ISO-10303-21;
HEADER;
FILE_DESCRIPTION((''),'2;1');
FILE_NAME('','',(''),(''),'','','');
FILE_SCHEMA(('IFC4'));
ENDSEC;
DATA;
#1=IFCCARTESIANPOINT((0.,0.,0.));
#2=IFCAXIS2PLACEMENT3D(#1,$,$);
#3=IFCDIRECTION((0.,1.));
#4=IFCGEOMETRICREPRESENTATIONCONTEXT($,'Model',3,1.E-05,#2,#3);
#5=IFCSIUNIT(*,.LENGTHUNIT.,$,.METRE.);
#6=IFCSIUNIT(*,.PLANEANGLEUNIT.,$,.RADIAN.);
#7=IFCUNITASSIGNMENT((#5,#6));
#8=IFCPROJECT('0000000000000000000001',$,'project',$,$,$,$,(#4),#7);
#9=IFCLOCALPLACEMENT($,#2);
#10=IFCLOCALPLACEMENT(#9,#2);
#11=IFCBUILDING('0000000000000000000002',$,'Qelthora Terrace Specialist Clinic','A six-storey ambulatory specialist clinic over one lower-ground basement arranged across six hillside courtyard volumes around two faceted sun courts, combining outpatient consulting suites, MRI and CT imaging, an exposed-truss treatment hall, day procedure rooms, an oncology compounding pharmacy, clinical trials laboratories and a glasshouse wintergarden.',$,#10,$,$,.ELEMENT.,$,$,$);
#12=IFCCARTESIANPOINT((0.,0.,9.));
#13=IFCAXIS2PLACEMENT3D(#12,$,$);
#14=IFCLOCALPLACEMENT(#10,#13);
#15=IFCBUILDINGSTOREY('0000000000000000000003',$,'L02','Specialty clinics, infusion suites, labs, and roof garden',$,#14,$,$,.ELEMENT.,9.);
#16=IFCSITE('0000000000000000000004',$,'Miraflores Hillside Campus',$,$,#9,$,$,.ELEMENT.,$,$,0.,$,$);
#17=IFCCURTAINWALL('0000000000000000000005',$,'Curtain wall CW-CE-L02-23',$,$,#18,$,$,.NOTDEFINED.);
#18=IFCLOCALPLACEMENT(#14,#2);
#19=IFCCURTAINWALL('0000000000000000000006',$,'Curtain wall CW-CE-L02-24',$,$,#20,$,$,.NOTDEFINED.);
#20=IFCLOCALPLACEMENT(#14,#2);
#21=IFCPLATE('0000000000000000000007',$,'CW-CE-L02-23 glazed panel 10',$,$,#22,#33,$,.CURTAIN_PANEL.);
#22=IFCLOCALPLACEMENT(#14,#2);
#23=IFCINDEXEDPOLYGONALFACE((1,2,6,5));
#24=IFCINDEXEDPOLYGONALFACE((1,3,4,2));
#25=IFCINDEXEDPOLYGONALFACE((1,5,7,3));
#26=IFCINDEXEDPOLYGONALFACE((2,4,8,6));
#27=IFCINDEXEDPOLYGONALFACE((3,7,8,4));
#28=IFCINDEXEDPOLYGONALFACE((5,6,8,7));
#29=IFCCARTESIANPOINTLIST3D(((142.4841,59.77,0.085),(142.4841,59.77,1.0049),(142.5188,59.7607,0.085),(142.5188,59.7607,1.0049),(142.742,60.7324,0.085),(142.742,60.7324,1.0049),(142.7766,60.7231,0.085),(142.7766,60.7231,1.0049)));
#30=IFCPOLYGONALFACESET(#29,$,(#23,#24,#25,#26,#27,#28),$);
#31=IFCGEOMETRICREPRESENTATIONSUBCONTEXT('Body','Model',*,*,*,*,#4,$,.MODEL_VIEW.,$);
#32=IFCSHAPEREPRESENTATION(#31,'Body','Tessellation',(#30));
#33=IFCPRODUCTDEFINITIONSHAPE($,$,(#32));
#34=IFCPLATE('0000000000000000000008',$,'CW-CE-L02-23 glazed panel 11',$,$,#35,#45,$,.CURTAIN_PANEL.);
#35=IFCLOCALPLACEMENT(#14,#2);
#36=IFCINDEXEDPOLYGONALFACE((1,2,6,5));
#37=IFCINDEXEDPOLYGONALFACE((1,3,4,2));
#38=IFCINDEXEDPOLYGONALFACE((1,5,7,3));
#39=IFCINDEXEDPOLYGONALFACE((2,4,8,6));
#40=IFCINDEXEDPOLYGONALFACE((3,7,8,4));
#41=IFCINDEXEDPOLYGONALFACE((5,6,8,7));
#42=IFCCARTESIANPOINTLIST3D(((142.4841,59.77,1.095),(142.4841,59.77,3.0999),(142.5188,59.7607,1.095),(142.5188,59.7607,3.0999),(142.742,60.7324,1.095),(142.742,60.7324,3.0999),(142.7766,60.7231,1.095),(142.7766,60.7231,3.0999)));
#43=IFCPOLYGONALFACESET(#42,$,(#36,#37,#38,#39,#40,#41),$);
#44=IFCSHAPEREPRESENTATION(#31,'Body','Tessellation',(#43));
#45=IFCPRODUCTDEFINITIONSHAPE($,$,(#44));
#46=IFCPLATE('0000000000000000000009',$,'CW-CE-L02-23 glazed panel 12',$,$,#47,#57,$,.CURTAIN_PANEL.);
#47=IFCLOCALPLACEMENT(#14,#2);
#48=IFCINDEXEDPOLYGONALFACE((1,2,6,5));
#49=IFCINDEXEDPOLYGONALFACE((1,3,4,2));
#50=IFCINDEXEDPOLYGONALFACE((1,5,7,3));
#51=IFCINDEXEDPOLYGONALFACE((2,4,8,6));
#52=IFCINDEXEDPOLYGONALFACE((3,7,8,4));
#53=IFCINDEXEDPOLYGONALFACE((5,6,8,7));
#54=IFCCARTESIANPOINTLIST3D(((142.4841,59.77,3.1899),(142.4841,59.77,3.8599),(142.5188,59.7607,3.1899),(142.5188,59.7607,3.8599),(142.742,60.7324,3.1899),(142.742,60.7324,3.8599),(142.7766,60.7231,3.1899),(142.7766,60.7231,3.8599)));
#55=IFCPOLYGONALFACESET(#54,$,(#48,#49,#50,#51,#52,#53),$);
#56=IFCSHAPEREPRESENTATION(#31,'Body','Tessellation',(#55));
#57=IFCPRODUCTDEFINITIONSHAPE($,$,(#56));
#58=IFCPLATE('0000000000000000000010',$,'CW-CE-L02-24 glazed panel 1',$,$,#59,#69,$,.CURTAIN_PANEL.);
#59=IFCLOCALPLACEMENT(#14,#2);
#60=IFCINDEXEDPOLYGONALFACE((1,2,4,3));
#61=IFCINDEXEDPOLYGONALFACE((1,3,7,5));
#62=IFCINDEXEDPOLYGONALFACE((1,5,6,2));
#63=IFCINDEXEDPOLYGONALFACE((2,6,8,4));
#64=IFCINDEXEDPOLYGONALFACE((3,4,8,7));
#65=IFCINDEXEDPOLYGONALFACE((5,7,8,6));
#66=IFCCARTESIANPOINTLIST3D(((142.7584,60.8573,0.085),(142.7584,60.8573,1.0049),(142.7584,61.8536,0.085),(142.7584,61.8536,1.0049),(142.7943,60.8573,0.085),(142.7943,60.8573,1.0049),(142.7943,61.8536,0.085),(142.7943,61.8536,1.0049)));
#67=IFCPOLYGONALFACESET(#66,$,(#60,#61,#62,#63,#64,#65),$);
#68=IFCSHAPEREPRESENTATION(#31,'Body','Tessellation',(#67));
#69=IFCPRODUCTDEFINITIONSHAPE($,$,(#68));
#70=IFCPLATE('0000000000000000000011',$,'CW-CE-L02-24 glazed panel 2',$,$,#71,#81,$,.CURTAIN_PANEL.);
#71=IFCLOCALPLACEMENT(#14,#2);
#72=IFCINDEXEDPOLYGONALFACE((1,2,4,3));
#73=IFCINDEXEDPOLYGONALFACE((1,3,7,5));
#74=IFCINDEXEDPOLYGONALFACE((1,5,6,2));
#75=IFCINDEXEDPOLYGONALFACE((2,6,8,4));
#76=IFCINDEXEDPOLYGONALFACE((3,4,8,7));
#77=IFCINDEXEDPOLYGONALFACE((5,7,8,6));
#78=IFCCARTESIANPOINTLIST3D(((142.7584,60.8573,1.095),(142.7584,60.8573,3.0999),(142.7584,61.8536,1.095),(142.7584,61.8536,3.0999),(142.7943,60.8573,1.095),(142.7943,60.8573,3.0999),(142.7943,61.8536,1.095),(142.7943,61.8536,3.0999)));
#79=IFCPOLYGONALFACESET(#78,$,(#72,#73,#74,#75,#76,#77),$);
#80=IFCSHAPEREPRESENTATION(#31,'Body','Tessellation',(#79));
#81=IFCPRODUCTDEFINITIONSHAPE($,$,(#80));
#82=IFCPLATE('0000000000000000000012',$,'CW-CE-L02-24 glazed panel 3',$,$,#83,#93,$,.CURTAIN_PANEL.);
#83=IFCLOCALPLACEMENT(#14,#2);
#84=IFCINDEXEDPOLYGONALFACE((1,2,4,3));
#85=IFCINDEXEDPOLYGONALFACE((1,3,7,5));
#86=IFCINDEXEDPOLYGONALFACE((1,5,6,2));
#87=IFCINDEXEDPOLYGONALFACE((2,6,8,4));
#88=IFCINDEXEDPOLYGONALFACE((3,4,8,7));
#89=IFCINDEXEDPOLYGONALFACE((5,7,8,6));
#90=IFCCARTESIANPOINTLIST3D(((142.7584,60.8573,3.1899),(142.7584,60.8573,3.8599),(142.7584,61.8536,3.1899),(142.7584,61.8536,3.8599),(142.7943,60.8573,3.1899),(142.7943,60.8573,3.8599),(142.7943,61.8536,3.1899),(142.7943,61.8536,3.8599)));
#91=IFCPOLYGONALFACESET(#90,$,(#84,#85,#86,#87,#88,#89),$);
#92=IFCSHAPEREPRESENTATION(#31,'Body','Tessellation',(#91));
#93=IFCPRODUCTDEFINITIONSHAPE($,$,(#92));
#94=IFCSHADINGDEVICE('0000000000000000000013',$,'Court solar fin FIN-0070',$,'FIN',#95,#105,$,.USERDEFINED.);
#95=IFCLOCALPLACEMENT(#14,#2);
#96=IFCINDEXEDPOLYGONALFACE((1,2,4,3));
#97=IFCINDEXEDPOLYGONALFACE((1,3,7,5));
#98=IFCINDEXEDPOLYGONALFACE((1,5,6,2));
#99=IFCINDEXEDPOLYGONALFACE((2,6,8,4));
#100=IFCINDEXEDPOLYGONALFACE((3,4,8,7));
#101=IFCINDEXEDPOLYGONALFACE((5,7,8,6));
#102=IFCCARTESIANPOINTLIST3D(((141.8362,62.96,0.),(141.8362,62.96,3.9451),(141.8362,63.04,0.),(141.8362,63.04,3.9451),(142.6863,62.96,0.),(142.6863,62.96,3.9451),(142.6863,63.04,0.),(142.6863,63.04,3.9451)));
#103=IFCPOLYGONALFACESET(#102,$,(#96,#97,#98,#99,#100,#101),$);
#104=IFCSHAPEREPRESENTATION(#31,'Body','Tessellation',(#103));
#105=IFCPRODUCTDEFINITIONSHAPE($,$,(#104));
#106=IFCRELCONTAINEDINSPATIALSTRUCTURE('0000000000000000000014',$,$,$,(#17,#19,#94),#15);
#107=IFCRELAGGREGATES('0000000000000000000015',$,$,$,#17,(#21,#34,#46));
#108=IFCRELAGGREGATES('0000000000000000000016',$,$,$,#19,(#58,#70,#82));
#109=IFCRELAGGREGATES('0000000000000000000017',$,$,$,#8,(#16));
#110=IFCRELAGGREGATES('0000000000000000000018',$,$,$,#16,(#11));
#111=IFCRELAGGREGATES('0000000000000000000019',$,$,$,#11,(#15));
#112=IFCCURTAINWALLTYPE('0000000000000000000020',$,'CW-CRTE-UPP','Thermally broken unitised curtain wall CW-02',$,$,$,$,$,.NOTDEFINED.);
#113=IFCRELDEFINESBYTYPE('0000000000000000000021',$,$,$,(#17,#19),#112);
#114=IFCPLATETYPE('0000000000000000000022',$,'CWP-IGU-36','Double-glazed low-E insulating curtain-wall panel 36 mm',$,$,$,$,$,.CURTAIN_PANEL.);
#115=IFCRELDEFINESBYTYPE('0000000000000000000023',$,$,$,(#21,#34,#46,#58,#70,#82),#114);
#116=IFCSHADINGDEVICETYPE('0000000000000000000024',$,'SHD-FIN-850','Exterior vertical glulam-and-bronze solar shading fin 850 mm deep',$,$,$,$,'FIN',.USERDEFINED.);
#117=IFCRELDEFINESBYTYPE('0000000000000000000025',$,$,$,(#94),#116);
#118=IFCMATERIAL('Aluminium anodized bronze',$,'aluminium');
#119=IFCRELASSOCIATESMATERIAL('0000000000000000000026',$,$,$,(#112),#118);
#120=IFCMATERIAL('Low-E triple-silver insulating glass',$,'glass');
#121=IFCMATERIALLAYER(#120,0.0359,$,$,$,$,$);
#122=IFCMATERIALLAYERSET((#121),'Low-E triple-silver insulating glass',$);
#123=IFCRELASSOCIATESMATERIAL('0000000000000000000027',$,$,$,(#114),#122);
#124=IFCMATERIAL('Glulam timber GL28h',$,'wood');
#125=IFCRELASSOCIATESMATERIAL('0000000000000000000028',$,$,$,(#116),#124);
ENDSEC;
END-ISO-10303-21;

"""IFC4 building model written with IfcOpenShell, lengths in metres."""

from ifc_helpers import new_model, si_unit, direction, frame, origin, origin_2d, place, context, subcontext, project, spatial, rectangle, extrude, material, layer, layer_set, type_object, element, aggregate, save


model = new_model("IFC4")

# Units and contexts
model_context = context("Model", 3, precision=1e-05, world=origin(), true_north=direction((0.0, 1.0)))
body_context = subcontext(model_context, "Body", "Model", "MODEL_VIEW")
ifc_project = project(units=[si_unit("LENGTHUNIT", "METRE"), si_unit("PLANEANGLEUNIT", "RADIAN")], contexts=[model_context])

# Site, building, storey
site_placement = place(None, origin())
site = spatial("IfcSite", under=ifc_project, at=site_placement, Name="Miraflores Hillside Campus", CompositionType="ELEMENT", RefElevation=0.0)
building_placement = place(site_placement, origin())
building = spatial("IfcBuilding", under=site, at=building_placement, Name="Qelthora Terrace Specialist Clinic", Description="A six-storey ambulatory specialist clinic over one lower-ground basement arranged across six hillside courtyard volumes around two faceted sun courts, combining outpatient consulting suites, MRI and CT imaging, an exposed-truss treatment hall, day procedure rooms, an oncology compounding pharmacy, clinical trials laboratories and a glasshouse wintergarden.", CompositionType="ELEMENT")
storey_placement = place(building_placement, frame((0.0, 0.0, 9.0)))
storey = spatial("IfcBuildingStorey", under=building, at=storey_placement, Name="L02", Description="Specialty clinics, infusion suites, labs, and roof garden", CompositionType="ELEMENT", Elevation=9.0)

# Shared definitions
ifc_material_1 = material(Name="Aluminium anodized bronze", Category="aluminium")
curtain_wall_type = type_object("IfcCurtainWallType", Name="CW-CRTE-UPP", Description="Thermally broken unitised curtain wall CW-02", PredefinedType="NOTDEFINED", material=ifc_material_1)

# Curtain wall
curtain_wall_1_placement = place(storey_placement, origin())
curtain_wall_1 = element("IfcCurtainWall", 1, at=curtain_wall_1_placement, inside=storey, type_object=curtain_wall_type, Name="Curtain wall CW-CE-L02-23", PredefinedType="NOTDEFINED")

# Curtain wall
curtain_wall_2_placement = place(storey_placement, origin())
curtain_wall_2 = element("IfcCurtainWall", 2, at=curtain_wall_2_placement, inside=storey, type_object=curtain_wall_type, Name="Curtain wall CW-CE-L02-24", PredefinedType="NOTDEFINED")

# Plates
ifc_material_2 = material(Name="Low-E triple-silver insulating glass", Category="glass")
ifc_layer = layer(ifc_material_2, 0.0359)
ifc_layer_set = layer_set([ifc_layer], Name="Low-E triple-silver insulating glass")
plate_type = type_object("IfcPlateType", Name="CWP-IGU-36", Description="Double-glazed low-E insulating curtain-wall panel 36 mm", PredefinedType="CURTAIN_PANEL", material=ifc_layer_set)
plate_1_placement = place(storey_placement, frame((142.6304, 60.2466, 0.085), z_axis=(0.0, 0.0, 1.0), x_axis=(0.258819, 0.965926, 0.0)))
plate_1 = element("IfcPlate", 3, at=plate_1_placement, type_object=plate_type, Name="CW-CE-L02-23 glazed panel 10", PredefinedType="CURTAIN_PANEL", context=body_context, shape_type="SweptSolid", body=[
    extrude(rectangle(XDim=0.9963, YDim=0.0359, at=origin_2d()), origin(), (0.0, 0.0, 1.0), 0.9199),
])
plate_2_placement = place(storey_placement, frame((142.6304, 60.2466, 1.095), z_axis=(0.0, 0.0, 1.0), x_axis=(0.258819, 0.965926, 0.0)))
plate_2 = element("IfcPlate", 4, at=plate_2_placement, type_object=plate_type, Name="CW-CE-L02-23 glazed panel 11", PredefinedType="CURTAIN_PANEL", context=body_context, shape_type="SweptSolid", body=[
    extrude(rectangle(XDim=0.9963, YDim=0.0359, at=origin_2d()), origin(), (0.0, 0.0, 1.0), 2.0049),
])
plate_3_placement = place(storey_placement, frame((142.6304, 60.2466, 3.1899), z_axis=(0.0, 0.0, 1.0), x_axis=(0.258819, 0.965926, 0.0)))
plate_3 = element("IfcPlate", 5, at=plate_3_placement, type_object=plate_type, Name="CW-CE-L02-23 glazed panel 12", PredefinedType="CURTAIN_PANEL", context=body_context, shape_type="SweptSolid", body=[
    extrude(rectangle(XDim=0.9963, YDim=0.0359, at=origin_2d()), origin(), (0.0, 0.0, 1.0), 0.6699),
])
aggregate(curtain_wall_1, [plate_1, plate_2, plate_3])
plate_4_placement = place(storey_placement, frame((142.7764, 61.3555, 0.085), z_axis=(0.0, 0.0, 1.0), x_axis=(0.0, 1.0, 0.0)))
plate_4 = element("IfcPlate", 6, at=plate_4_placement, type_object=plate_type, Name="CW-CE-L02-24 glazed panel 1", PredefinedType="CURTAIN_PANEL", context=body_context, shape_type="SweptSolid", body=[
    extrude(rectangle(XDim=0.9963, YDim=0.0359, at=origin_2d()), origin(), (0.0, 0.0, 1.0), 0.9199),
])
plate_5_placement = place(storey_placement, frame((142.7764, 61.3555, 1.095), z_axis=(0.0, 0.0, 1.0), x_axis=(0.0, 1.0, 0.0)))
plate_5 = element("IfcPlate", 7, at=plate_5_placement, type_object=plate_type, Name="CW-CE-L02-24 glazed panel 2", PredefinedType="CURTAIN_PANEL", context=body_context, shape_type="SweptSolid", body=[
    extrude(rectangle(XDim=0.9963, YDim=0.0359, at=origin_2d()), origin(), (0.0, 0.0, 1.0), 2.0049),
])
plate_6_placement = place(storey_placement, frame((142.7764, 61.3555, 3.1899), z_axis=(0.0, 0.0, 1.0), x_axis=(0.0, 1.0, 0.0)))
plate_6 = element("IfcPlate", 8, at=plate_6_placement, type_object=plate_type, Name="CW-CE-L02-24 glazed panel 3", PredefinedType="CURTAIN_PANEL", context=body_context, shape_type="SweptSolid", body=[
    extrude(rectangle(XDim=0.9963, YDim=0.0359, at=origin_2d()), origin(), (0.0, 0.0, 1.0), 0.6699),
])
aggregate(curtain_wall_2, [plate_4, plate_5, plate_6])

# Shading device
ifc_material_3 = material(Name="Glulam timber GL28h", Category="wood")
shading_device_type = type_object("IfcShadingDeviceType", Name="SHD-FIN-850", Description="Exterior vertical glulam-and-bronze solar shading fin 850 mm deep", ElementType="FIN", PredefinedType="USERDEFINED", material=ifc_material_3)
shading_device_placement = place(storey_placement, frame((142.2612, 63.0, 0.0), z_axis=(0.0, 0.0, 1.0), x_axis=(-1.0, 0.0, 0.0)))
element("IfcShadingDevice", 9, at=shading_device_placement, inside=storey, type_object=shading_device_type, Name="Court solar fin FIN-0070", ObjectType="FIN", PredefinedType="USERDEFINED", context=body_context, shape_type="SweptSolid", body=[
    extrude(rectangle(XDim=0.8501, YDim=0.0801, at=origin_2d()), origin(), (0.0, 0.0, 1.0), 3.9451),
])

save(model, "model.ifc")
